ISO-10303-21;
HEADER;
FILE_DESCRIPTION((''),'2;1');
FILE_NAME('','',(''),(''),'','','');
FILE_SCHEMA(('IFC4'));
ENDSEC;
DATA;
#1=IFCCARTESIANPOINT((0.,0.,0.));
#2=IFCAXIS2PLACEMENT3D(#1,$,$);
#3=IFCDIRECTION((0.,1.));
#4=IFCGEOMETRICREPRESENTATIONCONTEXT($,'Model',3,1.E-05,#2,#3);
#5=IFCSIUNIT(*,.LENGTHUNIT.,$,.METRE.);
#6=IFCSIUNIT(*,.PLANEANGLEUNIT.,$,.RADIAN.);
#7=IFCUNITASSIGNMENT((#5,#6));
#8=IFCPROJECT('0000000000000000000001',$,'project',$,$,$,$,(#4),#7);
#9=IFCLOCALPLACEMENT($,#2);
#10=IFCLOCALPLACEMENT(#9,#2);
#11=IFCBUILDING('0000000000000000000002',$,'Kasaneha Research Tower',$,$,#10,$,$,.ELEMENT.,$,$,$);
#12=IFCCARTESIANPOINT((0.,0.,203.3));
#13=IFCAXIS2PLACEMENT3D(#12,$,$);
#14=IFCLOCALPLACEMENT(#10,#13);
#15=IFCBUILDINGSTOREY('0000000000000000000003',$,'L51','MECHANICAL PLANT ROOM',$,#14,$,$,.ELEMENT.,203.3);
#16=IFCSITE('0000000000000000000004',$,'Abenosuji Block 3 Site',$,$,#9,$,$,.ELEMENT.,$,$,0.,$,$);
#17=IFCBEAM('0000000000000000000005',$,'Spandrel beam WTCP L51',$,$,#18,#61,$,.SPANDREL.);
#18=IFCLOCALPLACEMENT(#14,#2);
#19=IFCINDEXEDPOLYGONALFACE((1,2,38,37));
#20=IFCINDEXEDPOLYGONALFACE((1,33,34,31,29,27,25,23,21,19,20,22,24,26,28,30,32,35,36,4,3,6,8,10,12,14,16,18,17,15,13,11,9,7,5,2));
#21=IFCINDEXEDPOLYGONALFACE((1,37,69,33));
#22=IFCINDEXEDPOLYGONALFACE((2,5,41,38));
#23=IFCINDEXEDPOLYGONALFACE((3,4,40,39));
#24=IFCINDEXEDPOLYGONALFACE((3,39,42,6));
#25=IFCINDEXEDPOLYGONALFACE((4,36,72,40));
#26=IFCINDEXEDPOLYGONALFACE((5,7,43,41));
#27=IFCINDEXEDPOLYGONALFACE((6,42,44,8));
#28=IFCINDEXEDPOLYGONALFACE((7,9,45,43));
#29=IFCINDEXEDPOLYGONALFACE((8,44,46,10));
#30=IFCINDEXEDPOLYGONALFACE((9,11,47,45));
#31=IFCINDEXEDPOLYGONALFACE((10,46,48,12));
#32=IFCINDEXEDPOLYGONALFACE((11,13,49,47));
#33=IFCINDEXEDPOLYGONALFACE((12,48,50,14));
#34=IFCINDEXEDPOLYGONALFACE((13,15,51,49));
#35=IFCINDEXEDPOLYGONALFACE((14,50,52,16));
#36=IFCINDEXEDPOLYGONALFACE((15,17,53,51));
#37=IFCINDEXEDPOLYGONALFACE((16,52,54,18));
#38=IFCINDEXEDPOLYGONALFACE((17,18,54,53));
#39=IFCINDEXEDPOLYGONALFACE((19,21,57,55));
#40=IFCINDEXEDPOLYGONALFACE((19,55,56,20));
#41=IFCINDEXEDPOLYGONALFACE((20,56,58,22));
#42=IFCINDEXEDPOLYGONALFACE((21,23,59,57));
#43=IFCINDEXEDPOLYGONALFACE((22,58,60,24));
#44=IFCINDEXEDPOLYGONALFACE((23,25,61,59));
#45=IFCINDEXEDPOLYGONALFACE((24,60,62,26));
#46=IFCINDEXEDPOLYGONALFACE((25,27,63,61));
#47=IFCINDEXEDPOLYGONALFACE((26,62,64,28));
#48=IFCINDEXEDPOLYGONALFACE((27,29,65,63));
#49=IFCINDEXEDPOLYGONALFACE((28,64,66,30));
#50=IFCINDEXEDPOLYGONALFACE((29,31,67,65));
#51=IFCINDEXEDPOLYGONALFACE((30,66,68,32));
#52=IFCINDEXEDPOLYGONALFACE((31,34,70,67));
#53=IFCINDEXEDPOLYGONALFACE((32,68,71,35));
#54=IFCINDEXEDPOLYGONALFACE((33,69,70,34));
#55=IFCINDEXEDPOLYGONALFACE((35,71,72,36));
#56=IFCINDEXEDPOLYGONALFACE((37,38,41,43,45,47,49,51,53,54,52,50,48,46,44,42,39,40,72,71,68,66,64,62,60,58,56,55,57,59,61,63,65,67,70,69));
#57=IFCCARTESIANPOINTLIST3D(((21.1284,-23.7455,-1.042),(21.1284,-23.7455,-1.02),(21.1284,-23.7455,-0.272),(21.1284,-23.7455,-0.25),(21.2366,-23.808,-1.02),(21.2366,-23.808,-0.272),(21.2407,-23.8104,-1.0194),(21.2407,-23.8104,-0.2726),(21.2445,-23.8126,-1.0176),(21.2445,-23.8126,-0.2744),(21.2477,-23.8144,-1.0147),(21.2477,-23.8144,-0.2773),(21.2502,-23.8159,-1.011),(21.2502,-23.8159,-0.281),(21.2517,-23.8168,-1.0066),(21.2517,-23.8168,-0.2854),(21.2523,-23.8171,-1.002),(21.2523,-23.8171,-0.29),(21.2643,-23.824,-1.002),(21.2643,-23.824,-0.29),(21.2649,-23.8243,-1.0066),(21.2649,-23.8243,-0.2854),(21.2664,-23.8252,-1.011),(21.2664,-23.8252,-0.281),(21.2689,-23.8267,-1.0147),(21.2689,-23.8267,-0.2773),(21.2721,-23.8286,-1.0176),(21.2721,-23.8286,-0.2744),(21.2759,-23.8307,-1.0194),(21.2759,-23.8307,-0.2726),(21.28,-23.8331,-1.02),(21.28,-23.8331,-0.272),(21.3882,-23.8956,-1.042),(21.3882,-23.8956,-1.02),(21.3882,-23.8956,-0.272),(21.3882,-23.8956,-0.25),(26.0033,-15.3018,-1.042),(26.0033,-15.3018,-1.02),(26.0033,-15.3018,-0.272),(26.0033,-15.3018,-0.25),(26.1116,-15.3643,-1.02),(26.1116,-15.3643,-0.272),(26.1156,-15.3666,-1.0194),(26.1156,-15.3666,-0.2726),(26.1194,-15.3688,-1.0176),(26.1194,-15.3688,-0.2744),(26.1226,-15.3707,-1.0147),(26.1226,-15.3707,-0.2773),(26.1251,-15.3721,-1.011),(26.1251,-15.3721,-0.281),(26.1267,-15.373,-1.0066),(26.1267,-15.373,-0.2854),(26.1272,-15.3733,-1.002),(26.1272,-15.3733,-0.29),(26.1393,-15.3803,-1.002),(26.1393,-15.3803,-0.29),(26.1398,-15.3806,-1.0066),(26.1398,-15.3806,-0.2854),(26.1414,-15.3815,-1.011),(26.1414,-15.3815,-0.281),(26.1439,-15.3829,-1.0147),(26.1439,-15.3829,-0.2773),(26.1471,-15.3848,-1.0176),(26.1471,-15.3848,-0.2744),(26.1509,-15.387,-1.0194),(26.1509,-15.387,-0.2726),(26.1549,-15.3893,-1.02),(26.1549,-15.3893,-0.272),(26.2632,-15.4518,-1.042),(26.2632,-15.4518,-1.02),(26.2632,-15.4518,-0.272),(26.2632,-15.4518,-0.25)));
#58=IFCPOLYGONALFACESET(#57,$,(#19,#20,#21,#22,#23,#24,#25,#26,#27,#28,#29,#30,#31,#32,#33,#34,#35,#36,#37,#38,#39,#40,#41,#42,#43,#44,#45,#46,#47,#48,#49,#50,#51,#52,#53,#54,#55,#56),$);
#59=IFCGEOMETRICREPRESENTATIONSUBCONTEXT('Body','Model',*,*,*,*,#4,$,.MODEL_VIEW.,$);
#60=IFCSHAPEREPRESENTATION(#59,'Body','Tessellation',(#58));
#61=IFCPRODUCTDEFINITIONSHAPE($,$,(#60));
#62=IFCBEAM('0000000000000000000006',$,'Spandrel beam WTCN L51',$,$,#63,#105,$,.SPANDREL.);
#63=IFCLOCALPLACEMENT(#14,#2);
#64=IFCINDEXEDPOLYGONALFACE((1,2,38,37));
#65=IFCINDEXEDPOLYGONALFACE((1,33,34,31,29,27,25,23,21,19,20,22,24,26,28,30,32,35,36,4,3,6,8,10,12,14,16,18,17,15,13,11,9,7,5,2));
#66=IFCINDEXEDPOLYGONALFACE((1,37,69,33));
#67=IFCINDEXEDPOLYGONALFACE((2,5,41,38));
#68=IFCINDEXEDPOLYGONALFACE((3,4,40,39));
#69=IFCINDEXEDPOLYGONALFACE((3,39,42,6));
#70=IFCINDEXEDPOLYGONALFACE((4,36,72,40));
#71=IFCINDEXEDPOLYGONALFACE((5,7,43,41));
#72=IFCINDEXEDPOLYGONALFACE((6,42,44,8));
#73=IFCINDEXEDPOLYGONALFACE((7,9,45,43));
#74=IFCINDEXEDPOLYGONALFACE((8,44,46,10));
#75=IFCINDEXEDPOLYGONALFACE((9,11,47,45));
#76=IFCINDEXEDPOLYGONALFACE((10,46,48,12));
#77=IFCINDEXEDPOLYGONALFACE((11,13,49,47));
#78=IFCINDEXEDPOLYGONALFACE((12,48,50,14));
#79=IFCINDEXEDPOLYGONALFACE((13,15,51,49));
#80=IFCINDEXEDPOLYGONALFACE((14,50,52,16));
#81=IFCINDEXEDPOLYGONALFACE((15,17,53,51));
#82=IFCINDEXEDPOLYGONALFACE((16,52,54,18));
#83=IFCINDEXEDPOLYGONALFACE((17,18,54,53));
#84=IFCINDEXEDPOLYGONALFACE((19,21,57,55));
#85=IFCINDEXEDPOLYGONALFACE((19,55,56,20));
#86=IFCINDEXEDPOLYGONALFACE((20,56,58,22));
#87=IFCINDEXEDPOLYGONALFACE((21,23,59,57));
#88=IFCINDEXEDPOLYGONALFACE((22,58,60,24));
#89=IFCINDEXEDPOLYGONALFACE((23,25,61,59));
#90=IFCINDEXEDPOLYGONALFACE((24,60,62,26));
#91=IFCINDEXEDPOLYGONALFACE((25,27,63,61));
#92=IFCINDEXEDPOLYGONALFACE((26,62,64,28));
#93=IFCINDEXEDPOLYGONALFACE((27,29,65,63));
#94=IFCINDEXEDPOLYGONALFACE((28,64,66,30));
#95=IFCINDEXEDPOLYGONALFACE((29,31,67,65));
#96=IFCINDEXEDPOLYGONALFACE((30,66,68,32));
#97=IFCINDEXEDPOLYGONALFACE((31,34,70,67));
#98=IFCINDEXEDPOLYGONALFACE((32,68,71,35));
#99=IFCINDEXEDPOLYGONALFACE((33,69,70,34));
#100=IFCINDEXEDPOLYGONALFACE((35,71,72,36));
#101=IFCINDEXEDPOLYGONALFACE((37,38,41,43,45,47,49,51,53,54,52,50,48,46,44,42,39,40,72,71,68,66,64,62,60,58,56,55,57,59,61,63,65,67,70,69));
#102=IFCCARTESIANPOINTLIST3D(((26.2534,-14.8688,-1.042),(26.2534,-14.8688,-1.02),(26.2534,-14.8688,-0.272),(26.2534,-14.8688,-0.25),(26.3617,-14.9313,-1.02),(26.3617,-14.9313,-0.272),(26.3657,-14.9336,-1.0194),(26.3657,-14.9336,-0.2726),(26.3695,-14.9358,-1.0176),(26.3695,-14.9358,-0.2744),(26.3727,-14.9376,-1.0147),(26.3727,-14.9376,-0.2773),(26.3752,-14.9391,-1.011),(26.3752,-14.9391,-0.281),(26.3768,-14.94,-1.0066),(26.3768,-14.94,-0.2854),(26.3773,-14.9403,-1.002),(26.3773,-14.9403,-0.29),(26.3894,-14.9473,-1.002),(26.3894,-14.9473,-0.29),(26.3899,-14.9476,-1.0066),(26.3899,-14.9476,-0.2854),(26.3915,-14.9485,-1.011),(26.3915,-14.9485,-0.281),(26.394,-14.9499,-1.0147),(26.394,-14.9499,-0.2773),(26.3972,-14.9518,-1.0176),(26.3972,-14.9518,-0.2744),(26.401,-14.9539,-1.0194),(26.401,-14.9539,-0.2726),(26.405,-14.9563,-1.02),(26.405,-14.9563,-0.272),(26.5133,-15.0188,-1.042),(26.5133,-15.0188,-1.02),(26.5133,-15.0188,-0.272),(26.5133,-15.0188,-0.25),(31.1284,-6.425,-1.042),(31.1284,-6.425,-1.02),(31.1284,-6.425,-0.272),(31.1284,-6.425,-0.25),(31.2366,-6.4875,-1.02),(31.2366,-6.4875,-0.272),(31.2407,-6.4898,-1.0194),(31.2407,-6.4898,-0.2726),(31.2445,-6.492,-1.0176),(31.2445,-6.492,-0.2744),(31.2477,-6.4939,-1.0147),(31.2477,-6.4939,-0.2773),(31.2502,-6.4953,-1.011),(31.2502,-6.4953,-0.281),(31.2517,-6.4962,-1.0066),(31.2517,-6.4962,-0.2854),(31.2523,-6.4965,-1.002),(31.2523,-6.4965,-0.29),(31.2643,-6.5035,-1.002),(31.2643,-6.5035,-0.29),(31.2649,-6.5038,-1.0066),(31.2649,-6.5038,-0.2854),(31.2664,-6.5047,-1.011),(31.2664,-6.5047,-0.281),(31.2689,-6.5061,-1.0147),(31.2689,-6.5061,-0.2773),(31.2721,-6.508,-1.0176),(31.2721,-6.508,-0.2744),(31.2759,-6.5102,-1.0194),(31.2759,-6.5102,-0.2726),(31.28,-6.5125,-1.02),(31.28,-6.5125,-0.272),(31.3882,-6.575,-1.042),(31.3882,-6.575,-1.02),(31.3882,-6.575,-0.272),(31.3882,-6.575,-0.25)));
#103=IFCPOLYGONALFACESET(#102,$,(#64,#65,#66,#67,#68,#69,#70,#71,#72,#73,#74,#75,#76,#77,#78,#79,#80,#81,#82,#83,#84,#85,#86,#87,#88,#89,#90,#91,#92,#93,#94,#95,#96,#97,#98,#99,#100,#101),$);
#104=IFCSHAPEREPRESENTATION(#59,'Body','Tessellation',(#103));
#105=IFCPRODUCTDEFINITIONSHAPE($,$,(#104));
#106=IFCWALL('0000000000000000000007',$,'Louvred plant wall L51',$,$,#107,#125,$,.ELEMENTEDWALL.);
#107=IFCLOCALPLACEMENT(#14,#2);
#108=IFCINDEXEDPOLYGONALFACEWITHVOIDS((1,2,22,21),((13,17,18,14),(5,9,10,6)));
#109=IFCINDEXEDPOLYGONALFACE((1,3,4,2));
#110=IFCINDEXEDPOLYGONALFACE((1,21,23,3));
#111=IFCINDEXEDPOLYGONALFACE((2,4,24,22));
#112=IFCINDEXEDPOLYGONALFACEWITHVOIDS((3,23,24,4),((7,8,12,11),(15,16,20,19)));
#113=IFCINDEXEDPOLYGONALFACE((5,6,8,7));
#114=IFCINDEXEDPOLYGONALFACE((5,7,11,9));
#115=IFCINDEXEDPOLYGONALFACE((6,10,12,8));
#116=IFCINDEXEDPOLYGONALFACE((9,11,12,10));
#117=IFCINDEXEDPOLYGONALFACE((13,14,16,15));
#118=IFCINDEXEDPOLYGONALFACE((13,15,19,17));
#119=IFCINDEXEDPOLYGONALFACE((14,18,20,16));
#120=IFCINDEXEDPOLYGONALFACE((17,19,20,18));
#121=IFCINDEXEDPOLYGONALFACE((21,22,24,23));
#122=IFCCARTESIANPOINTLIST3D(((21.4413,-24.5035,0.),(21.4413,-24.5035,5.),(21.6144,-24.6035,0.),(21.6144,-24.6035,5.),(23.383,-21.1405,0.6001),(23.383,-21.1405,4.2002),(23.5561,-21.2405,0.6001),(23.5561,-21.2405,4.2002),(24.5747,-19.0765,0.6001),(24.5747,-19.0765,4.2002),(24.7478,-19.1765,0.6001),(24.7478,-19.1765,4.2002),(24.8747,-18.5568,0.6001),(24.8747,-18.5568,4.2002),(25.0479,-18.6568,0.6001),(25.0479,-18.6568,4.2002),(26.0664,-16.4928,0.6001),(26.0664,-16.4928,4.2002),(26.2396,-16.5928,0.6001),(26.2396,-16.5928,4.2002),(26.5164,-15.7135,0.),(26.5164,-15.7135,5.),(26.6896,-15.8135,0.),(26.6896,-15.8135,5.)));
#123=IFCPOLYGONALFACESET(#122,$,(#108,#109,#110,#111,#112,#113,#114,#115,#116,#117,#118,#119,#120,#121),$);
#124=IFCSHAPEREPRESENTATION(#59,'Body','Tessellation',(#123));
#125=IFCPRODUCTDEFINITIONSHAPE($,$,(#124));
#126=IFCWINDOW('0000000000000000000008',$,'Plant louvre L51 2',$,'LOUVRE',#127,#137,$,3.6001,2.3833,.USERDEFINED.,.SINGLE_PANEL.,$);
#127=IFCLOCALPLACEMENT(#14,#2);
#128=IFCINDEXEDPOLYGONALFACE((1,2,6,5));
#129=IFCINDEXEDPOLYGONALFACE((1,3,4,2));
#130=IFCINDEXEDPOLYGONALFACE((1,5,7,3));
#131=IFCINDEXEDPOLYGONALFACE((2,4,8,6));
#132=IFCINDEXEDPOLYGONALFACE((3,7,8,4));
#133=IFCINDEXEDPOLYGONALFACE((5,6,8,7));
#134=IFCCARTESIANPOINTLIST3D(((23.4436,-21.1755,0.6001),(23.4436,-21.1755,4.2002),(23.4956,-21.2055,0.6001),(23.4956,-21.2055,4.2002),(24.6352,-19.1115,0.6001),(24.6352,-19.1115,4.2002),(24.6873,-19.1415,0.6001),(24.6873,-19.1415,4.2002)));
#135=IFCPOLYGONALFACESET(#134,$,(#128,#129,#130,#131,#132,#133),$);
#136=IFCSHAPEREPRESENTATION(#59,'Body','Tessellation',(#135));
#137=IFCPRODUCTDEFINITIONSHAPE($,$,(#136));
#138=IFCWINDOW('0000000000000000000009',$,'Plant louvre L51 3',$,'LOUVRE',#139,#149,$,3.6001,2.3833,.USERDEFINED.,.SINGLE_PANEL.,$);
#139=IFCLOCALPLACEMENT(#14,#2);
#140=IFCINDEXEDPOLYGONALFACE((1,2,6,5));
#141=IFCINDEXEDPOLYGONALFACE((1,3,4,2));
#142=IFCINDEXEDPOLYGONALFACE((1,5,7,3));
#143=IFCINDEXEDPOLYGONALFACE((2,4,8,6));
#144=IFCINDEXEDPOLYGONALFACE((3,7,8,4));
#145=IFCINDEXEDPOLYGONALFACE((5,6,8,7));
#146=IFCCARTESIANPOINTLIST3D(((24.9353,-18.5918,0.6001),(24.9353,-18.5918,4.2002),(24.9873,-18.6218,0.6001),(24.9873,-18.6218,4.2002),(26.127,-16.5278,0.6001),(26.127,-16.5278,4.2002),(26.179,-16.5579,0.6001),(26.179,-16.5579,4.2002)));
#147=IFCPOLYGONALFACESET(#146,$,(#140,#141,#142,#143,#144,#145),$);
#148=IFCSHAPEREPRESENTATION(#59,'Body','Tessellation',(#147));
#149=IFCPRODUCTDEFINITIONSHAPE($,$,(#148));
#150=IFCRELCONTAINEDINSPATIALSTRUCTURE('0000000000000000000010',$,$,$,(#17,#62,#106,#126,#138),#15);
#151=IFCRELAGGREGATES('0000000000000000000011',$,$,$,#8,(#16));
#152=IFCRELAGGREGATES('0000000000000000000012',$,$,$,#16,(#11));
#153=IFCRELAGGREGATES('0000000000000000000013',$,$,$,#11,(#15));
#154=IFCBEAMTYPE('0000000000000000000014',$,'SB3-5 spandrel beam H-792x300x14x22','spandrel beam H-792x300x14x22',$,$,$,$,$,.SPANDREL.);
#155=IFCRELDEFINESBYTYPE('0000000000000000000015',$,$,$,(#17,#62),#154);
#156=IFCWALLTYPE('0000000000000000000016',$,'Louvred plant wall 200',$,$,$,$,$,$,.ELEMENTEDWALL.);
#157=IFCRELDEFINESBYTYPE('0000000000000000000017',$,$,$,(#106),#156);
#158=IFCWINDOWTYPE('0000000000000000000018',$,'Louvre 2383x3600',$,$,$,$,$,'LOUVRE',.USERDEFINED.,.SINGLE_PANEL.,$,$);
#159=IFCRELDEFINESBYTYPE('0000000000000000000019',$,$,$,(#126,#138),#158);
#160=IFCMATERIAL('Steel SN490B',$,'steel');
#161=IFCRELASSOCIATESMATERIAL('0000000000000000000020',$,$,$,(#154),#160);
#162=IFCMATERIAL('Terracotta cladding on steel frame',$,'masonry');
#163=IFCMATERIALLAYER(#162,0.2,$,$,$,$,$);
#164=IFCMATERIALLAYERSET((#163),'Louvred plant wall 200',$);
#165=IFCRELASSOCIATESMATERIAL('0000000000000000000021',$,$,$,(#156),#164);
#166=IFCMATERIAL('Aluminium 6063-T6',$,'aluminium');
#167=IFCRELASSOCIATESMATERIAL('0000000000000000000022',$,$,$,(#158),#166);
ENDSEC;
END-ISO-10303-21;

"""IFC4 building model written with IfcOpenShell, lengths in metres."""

from ifc_helpers import new_model, si_unit, direction, frame, frame_2d, origin, origin_2d, place, context, subcontext, project, spatial, rectangle, i_section, extrude, material, layer, layer_set, material_profile, profile_set, type_object, element, fill, save


model = new_model("IFC4")

# Units and contexts
model_context = context("Model", 3, precision=1e-05, world=origin(), true_north=direction((0.0, 1.0)))
body_context = subcontext(model_context, "Body", "Model", "MODEL_VIEW")
ifc_project = project(units=[si_unit("LENGTHUNIT", "METRE"), si_unit("PLANEANGLEUNIT", "RADIAN")], contexts=[model_context])

# Site, building, storey
site_placement = place(None, origin())
site = spatial("IfcSite", under=ifc_project, at=site_placement, Name="Abenosuji Block 3 Site", CompositionType="ELEMENT", RefElevation=0.0)
building_placement = place(site_placement, origin())
building = spatial("IfcBuilding", under=site, at=building_placement, Name="Kasaneha Research Tower", CompositionType="ELEMENT")
storey_placement = place(building_placement, frame((0.0, 0.0, 203.3)))
storey = spatial("IfcBuildingStorey", under=building, at=storey_placement, Name="L51", Description="MECHANICAL PLANT ROOM", CompositionType="ELEMENT", Elevation=203.3)

# Beams
ifc_material_1 = material(Name="Steel SN490B", Category="steel")
ifc_material_profile_1 = material_profile(ifc_material_1, i_section(OverallWidth=0.3, OverallDepth=0.792, WebThickness=0.0139, FlangeThickness=0.022, FilletRadius=0.0181, at=origin_2d()), Name="H-792x300x14x22")
ifc_profile_set_1 = profile_set([ifc_material_profile_1], Name="Steel SN490B")
beam_type_1 = type_object("IfcBeamType", Name="SB3-5 spandrel beam H-792x300x14x22", Description="spandrel beam H-792x300x14x22", PredefinedType="SPANDREL", material=ifc_profile_set_1)
for number, where, z_axis, x_axis, name in (
    (1, (21.2583, -23.8206, -0.646), (0.499996, 0.866028, 0.0), (-0.866028, 0.499996, 0.0), "Spandrel beam WTCP L51"),
    (2, (31.2583, -6.5, -0.646), (-0.499996, -0.866028, 0.0), (0.866028, -0.499996, 0.0), "Spandrel beam WTCN L51"),
):
    element("IfcBeam", number, at=place(storey_placement, frame(where, z_axis=z_axis, x_axis=x_axis)), inside=storey, type_object=beam_type_1, Name=name, PredefinedType="SPANDREL", context=body_context, shape_type="SweptSolid", body=[
        extrude(i_section(OverallWidth=0.3, OverallDepth=0.792, WebThickness=0.0139, FlangeThickness=0.022, FilletRadius=0.0181, at=origin_2d()), origin(), (0.0, 0.0, 1.0), 9.75),
    ])

# Wall, openings, windows
ifc_material_2 = material(Name="Terracotta cladding on steel frame", Category="masonry")
ifc_layer_1 = layer(ifc_material_2, 0.2)
ifc_layer_set_1 = layer_set([ifc_layer_1], Name="Louvred plant wall 200")
wall_type_1 = type_object("IfcWallType", Name="Louvred plant wall 200", PredefinedType="ELEMENTEDWALL", material=ifc_layer_set_1)
wall_1_placement = place(storey_placement, frame((21.5278, -24.5535, 0.0), z_axis=(0.0, 0.0, 1.0), x_axis=(0.500019, 0.866014, 0.0)))
wall_1 = element("IfcWall", 3, at=wall_1_placement, inside=storey, type_object=wall_type_1, Name="Louvred plant wall L51", PredefinedType="ELEMENTEDWALL", context=body_context, shape_type="SweptSolid", body=[
    extrude(rectangle(XDim=10.1499, YDim=0.2, at=frame_2d((5.075, 0.0))), origin(), (0.0, 0.0, 1.0), 5.0),
])
opening_1_placement = place(wall_1_placement, frame((3.8833, 0.0, 0.6001)))
opening_1 = element("IfcOpeningElement", 4, at=opening_1_placement, cuts=wall_1, PredefinedType="OPENING", context=body_context, shape_type="SweptSolid", body=[
    extrude(rectangle(XDim=2.3833, YDim=3.6001, at=frame_2d((1.1917, 1.8))), frame((0.0, 0.1099, 0.0), z_axis=(0.0, -1.0, 0.0), x_axis=(1.0, 0.0, 0.0)), (0.0, 0.0, 1.0), 0.22),
])
opening_2_placement = place(wall_1_placement, frame((6.8667, 0.0, 0.6001)))
opening_2 = element("IfcOpeningElement", 5, at=opening_2_placement, cuts=wall_1, PredefinedType="OPENING", context=body_context, shape_type="SweptSolid", body=[
    extrude(rectangle(XDim=2.3833, YDim=3.6001, at=frame_2d((1.1917, 1.8))), frame((0.0, 0.1099, 0.0), z_axis=(0.0, -1.0, 0.0), x_axis=(1.0, 0.0, 0.0)), (0.0, 0.0, 1.0), 0.22),
])
ifc_material_3 = material(Name="Aluminium 6063-T6", Category="aluminium")
window_type = type_object("IfcWindowType", Name="Louvre 2383x3600", ElementType="LOUVRE", PartitioningType="SINGLE_PANEL", PredefinedType="USERDEFINED", material=ifc_material_3)
window_1_placement = place(opening_1_placement, origin())
window_1 = element("IfcWindow", 6, at=window_1_placement, inside=storey, type_object=window_type, Name="Plant louvre L51 2", ObjectType="LOUVRE", OverallHeight=3.6001, OverallWidth=2.3833, PartitioningType="SINGLE_PANEL", PredefinedType="USERDEFINED", context=body_context, shape_type="SweptSolid", body=[
    extrude(rectangle(XDim=2.3833, YDim=3.6001, at=frame_2d((1.1917, 1.8))), frame((0.0, 0.03, 0.0), z_axis=(0.0, -1.0, 0.0), x_axis=(1.0, 0.0, 0.0)), (0.0, 0.0, 1.0), 0.0601),
])
fill(opening_1, window_1)
window_2_placement = place(opening_2_placement, origin())
window_2 = element("IfcWindow", 7, at=window_2_placement, inside=storey, type_object=window_type, Name="Plant louvre L51 3", ObjectType="LOUVRE", OverallHeight=3.6001, OverallWidth=2.3833, PartitioningType="SINGLE_PANEL", PredefinedType="USERDEFINED", context=body_context, shape_type="SweptSolid", body=[
    extrude(rectangle(XDim=2.3833, YDim=3.6001, at=frame_2d((1.1917, 1.8))), frame((0.0, 0.03, 0.0), z_axis=(0.0, -1.0, 0.0), x_axis=(1.0, 0.0, 0.0)), (0.0, 0.0, 1.0), 0.0601),
])
fill(opening_2, window_2)

save(model, "model.ifc")
